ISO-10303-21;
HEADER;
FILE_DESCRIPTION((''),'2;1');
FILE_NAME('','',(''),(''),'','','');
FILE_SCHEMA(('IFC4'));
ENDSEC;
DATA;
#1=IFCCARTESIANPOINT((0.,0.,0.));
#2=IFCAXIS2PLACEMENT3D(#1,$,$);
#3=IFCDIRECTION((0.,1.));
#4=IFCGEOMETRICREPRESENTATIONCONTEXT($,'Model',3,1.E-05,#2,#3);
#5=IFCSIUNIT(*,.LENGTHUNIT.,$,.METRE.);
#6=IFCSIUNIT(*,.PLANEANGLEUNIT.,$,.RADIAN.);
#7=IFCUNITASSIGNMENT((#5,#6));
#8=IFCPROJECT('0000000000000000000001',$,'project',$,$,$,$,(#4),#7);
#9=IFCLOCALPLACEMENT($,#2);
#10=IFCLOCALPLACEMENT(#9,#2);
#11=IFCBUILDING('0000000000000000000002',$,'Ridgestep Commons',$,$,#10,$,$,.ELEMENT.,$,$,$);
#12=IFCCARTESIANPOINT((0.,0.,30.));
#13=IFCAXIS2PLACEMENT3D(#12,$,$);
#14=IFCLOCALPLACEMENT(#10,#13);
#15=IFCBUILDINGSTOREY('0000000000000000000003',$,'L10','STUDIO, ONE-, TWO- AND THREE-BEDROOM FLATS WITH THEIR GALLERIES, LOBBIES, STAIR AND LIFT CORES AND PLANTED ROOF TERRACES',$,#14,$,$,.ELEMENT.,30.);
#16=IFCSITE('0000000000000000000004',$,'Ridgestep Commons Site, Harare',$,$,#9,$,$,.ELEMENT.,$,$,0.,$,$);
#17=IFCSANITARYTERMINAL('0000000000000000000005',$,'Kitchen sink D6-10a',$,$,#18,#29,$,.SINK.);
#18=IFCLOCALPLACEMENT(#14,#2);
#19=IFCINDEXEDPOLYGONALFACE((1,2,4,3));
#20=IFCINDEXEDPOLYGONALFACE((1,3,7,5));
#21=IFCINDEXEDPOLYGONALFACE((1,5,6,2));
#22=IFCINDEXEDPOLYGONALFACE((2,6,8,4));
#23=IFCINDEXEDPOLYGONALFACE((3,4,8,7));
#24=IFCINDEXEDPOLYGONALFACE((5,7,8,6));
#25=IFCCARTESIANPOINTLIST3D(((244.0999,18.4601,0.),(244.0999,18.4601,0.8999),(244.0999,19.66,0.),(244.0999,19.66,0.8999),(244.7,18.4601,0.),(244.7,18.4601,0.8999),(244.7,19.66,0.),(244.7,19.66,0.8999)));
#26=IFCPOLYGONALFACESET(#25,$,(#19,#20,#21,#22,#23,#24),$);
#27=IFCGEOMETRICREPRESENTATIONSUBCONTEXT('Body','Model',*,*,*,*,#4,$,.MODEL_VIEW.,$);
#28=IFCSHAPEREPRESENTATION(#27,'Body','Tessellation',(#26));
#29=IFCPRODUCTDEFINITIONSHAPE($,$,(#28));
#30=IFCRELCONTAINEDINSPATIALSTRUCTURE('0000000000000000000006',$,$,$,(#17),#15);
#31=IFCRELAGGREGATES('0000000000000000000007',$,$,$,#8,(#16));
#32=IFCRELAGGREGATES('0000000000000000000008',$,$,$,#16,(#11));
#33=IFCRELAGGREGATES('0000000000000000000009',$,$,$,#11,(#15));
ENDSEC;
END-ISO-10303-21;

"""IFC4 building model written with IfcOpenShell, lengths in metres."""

from ifc_helpers import new_model, si_unit, direction, frame, origin, origin_2d, place, context, subcontext, project, spatial, rectangle, extrude, element, save


model = new_model("IFC4")

# Units and contexts
model_context = context("Model", 3, precision=1e-05, world=origin(), true_north=direction((0.0, 1.0)))
body_context = subcontext(model_context, "Body", "Model", "MODEL_VIEW")
ifc_project = project(units=[si_unit("LENGTHUNIT", "METRE"), si_unit("PLANEANGLEUNIT", "RADIAN")], contexts=[model_context])

# Site, building, storey
site_placement = place(None, origin())
site = spatial("IfcSite", under=ifc_project, at=site_placement, Name="Ridgestep Commons Site, Harare", CompositionType="ELEMENT", RefElevation=0.0)
building_placement = place(site_placement, origin())
building = spatial("IfcBuilding", under=site, at=building_placement, Name="Ridgestep Commons", CompositionType="ELEMENT")
storey_placement = place(building_placement, frame((0.0, 0.0, 30.0)))
storey = spatial("IfcBuildingStorey", under=building, at=storey_placement, Name="L10", Description="STUDIO, ONE-, TWO- AND THREE-BEDROOM FLATS WITH THEIR GALLERIES, LOBBIES, STAIR AND LIFT CORES AND PLANTED ROOF TERRACES", CompositionType="ELEMENT", Elevation=30.0)

# Sanitary terminal
sanitary_terminal_1_placement = place(storey_placement, frame((244.3999, 19.0601, 0.0), z_axis=(0.0, 0.0, 1.0), x_axis=(1.0, 0.0, 0.0)))
element("IfcSanitaryTerminal", 1, at=sanitary_terminal_1_placement, inside=storey, Name="Kitchen sink D6-10a", PredefinedType="SINK", context=body_context, shape_type="SweptSolid", body=[
    extrude(rectangle(XDim=0.6001, YDim=1.2, at=origin_2d()), origin(), (0.0, 0.0, 1.0), 0.8999),
])

save(model, "model.ifc")
